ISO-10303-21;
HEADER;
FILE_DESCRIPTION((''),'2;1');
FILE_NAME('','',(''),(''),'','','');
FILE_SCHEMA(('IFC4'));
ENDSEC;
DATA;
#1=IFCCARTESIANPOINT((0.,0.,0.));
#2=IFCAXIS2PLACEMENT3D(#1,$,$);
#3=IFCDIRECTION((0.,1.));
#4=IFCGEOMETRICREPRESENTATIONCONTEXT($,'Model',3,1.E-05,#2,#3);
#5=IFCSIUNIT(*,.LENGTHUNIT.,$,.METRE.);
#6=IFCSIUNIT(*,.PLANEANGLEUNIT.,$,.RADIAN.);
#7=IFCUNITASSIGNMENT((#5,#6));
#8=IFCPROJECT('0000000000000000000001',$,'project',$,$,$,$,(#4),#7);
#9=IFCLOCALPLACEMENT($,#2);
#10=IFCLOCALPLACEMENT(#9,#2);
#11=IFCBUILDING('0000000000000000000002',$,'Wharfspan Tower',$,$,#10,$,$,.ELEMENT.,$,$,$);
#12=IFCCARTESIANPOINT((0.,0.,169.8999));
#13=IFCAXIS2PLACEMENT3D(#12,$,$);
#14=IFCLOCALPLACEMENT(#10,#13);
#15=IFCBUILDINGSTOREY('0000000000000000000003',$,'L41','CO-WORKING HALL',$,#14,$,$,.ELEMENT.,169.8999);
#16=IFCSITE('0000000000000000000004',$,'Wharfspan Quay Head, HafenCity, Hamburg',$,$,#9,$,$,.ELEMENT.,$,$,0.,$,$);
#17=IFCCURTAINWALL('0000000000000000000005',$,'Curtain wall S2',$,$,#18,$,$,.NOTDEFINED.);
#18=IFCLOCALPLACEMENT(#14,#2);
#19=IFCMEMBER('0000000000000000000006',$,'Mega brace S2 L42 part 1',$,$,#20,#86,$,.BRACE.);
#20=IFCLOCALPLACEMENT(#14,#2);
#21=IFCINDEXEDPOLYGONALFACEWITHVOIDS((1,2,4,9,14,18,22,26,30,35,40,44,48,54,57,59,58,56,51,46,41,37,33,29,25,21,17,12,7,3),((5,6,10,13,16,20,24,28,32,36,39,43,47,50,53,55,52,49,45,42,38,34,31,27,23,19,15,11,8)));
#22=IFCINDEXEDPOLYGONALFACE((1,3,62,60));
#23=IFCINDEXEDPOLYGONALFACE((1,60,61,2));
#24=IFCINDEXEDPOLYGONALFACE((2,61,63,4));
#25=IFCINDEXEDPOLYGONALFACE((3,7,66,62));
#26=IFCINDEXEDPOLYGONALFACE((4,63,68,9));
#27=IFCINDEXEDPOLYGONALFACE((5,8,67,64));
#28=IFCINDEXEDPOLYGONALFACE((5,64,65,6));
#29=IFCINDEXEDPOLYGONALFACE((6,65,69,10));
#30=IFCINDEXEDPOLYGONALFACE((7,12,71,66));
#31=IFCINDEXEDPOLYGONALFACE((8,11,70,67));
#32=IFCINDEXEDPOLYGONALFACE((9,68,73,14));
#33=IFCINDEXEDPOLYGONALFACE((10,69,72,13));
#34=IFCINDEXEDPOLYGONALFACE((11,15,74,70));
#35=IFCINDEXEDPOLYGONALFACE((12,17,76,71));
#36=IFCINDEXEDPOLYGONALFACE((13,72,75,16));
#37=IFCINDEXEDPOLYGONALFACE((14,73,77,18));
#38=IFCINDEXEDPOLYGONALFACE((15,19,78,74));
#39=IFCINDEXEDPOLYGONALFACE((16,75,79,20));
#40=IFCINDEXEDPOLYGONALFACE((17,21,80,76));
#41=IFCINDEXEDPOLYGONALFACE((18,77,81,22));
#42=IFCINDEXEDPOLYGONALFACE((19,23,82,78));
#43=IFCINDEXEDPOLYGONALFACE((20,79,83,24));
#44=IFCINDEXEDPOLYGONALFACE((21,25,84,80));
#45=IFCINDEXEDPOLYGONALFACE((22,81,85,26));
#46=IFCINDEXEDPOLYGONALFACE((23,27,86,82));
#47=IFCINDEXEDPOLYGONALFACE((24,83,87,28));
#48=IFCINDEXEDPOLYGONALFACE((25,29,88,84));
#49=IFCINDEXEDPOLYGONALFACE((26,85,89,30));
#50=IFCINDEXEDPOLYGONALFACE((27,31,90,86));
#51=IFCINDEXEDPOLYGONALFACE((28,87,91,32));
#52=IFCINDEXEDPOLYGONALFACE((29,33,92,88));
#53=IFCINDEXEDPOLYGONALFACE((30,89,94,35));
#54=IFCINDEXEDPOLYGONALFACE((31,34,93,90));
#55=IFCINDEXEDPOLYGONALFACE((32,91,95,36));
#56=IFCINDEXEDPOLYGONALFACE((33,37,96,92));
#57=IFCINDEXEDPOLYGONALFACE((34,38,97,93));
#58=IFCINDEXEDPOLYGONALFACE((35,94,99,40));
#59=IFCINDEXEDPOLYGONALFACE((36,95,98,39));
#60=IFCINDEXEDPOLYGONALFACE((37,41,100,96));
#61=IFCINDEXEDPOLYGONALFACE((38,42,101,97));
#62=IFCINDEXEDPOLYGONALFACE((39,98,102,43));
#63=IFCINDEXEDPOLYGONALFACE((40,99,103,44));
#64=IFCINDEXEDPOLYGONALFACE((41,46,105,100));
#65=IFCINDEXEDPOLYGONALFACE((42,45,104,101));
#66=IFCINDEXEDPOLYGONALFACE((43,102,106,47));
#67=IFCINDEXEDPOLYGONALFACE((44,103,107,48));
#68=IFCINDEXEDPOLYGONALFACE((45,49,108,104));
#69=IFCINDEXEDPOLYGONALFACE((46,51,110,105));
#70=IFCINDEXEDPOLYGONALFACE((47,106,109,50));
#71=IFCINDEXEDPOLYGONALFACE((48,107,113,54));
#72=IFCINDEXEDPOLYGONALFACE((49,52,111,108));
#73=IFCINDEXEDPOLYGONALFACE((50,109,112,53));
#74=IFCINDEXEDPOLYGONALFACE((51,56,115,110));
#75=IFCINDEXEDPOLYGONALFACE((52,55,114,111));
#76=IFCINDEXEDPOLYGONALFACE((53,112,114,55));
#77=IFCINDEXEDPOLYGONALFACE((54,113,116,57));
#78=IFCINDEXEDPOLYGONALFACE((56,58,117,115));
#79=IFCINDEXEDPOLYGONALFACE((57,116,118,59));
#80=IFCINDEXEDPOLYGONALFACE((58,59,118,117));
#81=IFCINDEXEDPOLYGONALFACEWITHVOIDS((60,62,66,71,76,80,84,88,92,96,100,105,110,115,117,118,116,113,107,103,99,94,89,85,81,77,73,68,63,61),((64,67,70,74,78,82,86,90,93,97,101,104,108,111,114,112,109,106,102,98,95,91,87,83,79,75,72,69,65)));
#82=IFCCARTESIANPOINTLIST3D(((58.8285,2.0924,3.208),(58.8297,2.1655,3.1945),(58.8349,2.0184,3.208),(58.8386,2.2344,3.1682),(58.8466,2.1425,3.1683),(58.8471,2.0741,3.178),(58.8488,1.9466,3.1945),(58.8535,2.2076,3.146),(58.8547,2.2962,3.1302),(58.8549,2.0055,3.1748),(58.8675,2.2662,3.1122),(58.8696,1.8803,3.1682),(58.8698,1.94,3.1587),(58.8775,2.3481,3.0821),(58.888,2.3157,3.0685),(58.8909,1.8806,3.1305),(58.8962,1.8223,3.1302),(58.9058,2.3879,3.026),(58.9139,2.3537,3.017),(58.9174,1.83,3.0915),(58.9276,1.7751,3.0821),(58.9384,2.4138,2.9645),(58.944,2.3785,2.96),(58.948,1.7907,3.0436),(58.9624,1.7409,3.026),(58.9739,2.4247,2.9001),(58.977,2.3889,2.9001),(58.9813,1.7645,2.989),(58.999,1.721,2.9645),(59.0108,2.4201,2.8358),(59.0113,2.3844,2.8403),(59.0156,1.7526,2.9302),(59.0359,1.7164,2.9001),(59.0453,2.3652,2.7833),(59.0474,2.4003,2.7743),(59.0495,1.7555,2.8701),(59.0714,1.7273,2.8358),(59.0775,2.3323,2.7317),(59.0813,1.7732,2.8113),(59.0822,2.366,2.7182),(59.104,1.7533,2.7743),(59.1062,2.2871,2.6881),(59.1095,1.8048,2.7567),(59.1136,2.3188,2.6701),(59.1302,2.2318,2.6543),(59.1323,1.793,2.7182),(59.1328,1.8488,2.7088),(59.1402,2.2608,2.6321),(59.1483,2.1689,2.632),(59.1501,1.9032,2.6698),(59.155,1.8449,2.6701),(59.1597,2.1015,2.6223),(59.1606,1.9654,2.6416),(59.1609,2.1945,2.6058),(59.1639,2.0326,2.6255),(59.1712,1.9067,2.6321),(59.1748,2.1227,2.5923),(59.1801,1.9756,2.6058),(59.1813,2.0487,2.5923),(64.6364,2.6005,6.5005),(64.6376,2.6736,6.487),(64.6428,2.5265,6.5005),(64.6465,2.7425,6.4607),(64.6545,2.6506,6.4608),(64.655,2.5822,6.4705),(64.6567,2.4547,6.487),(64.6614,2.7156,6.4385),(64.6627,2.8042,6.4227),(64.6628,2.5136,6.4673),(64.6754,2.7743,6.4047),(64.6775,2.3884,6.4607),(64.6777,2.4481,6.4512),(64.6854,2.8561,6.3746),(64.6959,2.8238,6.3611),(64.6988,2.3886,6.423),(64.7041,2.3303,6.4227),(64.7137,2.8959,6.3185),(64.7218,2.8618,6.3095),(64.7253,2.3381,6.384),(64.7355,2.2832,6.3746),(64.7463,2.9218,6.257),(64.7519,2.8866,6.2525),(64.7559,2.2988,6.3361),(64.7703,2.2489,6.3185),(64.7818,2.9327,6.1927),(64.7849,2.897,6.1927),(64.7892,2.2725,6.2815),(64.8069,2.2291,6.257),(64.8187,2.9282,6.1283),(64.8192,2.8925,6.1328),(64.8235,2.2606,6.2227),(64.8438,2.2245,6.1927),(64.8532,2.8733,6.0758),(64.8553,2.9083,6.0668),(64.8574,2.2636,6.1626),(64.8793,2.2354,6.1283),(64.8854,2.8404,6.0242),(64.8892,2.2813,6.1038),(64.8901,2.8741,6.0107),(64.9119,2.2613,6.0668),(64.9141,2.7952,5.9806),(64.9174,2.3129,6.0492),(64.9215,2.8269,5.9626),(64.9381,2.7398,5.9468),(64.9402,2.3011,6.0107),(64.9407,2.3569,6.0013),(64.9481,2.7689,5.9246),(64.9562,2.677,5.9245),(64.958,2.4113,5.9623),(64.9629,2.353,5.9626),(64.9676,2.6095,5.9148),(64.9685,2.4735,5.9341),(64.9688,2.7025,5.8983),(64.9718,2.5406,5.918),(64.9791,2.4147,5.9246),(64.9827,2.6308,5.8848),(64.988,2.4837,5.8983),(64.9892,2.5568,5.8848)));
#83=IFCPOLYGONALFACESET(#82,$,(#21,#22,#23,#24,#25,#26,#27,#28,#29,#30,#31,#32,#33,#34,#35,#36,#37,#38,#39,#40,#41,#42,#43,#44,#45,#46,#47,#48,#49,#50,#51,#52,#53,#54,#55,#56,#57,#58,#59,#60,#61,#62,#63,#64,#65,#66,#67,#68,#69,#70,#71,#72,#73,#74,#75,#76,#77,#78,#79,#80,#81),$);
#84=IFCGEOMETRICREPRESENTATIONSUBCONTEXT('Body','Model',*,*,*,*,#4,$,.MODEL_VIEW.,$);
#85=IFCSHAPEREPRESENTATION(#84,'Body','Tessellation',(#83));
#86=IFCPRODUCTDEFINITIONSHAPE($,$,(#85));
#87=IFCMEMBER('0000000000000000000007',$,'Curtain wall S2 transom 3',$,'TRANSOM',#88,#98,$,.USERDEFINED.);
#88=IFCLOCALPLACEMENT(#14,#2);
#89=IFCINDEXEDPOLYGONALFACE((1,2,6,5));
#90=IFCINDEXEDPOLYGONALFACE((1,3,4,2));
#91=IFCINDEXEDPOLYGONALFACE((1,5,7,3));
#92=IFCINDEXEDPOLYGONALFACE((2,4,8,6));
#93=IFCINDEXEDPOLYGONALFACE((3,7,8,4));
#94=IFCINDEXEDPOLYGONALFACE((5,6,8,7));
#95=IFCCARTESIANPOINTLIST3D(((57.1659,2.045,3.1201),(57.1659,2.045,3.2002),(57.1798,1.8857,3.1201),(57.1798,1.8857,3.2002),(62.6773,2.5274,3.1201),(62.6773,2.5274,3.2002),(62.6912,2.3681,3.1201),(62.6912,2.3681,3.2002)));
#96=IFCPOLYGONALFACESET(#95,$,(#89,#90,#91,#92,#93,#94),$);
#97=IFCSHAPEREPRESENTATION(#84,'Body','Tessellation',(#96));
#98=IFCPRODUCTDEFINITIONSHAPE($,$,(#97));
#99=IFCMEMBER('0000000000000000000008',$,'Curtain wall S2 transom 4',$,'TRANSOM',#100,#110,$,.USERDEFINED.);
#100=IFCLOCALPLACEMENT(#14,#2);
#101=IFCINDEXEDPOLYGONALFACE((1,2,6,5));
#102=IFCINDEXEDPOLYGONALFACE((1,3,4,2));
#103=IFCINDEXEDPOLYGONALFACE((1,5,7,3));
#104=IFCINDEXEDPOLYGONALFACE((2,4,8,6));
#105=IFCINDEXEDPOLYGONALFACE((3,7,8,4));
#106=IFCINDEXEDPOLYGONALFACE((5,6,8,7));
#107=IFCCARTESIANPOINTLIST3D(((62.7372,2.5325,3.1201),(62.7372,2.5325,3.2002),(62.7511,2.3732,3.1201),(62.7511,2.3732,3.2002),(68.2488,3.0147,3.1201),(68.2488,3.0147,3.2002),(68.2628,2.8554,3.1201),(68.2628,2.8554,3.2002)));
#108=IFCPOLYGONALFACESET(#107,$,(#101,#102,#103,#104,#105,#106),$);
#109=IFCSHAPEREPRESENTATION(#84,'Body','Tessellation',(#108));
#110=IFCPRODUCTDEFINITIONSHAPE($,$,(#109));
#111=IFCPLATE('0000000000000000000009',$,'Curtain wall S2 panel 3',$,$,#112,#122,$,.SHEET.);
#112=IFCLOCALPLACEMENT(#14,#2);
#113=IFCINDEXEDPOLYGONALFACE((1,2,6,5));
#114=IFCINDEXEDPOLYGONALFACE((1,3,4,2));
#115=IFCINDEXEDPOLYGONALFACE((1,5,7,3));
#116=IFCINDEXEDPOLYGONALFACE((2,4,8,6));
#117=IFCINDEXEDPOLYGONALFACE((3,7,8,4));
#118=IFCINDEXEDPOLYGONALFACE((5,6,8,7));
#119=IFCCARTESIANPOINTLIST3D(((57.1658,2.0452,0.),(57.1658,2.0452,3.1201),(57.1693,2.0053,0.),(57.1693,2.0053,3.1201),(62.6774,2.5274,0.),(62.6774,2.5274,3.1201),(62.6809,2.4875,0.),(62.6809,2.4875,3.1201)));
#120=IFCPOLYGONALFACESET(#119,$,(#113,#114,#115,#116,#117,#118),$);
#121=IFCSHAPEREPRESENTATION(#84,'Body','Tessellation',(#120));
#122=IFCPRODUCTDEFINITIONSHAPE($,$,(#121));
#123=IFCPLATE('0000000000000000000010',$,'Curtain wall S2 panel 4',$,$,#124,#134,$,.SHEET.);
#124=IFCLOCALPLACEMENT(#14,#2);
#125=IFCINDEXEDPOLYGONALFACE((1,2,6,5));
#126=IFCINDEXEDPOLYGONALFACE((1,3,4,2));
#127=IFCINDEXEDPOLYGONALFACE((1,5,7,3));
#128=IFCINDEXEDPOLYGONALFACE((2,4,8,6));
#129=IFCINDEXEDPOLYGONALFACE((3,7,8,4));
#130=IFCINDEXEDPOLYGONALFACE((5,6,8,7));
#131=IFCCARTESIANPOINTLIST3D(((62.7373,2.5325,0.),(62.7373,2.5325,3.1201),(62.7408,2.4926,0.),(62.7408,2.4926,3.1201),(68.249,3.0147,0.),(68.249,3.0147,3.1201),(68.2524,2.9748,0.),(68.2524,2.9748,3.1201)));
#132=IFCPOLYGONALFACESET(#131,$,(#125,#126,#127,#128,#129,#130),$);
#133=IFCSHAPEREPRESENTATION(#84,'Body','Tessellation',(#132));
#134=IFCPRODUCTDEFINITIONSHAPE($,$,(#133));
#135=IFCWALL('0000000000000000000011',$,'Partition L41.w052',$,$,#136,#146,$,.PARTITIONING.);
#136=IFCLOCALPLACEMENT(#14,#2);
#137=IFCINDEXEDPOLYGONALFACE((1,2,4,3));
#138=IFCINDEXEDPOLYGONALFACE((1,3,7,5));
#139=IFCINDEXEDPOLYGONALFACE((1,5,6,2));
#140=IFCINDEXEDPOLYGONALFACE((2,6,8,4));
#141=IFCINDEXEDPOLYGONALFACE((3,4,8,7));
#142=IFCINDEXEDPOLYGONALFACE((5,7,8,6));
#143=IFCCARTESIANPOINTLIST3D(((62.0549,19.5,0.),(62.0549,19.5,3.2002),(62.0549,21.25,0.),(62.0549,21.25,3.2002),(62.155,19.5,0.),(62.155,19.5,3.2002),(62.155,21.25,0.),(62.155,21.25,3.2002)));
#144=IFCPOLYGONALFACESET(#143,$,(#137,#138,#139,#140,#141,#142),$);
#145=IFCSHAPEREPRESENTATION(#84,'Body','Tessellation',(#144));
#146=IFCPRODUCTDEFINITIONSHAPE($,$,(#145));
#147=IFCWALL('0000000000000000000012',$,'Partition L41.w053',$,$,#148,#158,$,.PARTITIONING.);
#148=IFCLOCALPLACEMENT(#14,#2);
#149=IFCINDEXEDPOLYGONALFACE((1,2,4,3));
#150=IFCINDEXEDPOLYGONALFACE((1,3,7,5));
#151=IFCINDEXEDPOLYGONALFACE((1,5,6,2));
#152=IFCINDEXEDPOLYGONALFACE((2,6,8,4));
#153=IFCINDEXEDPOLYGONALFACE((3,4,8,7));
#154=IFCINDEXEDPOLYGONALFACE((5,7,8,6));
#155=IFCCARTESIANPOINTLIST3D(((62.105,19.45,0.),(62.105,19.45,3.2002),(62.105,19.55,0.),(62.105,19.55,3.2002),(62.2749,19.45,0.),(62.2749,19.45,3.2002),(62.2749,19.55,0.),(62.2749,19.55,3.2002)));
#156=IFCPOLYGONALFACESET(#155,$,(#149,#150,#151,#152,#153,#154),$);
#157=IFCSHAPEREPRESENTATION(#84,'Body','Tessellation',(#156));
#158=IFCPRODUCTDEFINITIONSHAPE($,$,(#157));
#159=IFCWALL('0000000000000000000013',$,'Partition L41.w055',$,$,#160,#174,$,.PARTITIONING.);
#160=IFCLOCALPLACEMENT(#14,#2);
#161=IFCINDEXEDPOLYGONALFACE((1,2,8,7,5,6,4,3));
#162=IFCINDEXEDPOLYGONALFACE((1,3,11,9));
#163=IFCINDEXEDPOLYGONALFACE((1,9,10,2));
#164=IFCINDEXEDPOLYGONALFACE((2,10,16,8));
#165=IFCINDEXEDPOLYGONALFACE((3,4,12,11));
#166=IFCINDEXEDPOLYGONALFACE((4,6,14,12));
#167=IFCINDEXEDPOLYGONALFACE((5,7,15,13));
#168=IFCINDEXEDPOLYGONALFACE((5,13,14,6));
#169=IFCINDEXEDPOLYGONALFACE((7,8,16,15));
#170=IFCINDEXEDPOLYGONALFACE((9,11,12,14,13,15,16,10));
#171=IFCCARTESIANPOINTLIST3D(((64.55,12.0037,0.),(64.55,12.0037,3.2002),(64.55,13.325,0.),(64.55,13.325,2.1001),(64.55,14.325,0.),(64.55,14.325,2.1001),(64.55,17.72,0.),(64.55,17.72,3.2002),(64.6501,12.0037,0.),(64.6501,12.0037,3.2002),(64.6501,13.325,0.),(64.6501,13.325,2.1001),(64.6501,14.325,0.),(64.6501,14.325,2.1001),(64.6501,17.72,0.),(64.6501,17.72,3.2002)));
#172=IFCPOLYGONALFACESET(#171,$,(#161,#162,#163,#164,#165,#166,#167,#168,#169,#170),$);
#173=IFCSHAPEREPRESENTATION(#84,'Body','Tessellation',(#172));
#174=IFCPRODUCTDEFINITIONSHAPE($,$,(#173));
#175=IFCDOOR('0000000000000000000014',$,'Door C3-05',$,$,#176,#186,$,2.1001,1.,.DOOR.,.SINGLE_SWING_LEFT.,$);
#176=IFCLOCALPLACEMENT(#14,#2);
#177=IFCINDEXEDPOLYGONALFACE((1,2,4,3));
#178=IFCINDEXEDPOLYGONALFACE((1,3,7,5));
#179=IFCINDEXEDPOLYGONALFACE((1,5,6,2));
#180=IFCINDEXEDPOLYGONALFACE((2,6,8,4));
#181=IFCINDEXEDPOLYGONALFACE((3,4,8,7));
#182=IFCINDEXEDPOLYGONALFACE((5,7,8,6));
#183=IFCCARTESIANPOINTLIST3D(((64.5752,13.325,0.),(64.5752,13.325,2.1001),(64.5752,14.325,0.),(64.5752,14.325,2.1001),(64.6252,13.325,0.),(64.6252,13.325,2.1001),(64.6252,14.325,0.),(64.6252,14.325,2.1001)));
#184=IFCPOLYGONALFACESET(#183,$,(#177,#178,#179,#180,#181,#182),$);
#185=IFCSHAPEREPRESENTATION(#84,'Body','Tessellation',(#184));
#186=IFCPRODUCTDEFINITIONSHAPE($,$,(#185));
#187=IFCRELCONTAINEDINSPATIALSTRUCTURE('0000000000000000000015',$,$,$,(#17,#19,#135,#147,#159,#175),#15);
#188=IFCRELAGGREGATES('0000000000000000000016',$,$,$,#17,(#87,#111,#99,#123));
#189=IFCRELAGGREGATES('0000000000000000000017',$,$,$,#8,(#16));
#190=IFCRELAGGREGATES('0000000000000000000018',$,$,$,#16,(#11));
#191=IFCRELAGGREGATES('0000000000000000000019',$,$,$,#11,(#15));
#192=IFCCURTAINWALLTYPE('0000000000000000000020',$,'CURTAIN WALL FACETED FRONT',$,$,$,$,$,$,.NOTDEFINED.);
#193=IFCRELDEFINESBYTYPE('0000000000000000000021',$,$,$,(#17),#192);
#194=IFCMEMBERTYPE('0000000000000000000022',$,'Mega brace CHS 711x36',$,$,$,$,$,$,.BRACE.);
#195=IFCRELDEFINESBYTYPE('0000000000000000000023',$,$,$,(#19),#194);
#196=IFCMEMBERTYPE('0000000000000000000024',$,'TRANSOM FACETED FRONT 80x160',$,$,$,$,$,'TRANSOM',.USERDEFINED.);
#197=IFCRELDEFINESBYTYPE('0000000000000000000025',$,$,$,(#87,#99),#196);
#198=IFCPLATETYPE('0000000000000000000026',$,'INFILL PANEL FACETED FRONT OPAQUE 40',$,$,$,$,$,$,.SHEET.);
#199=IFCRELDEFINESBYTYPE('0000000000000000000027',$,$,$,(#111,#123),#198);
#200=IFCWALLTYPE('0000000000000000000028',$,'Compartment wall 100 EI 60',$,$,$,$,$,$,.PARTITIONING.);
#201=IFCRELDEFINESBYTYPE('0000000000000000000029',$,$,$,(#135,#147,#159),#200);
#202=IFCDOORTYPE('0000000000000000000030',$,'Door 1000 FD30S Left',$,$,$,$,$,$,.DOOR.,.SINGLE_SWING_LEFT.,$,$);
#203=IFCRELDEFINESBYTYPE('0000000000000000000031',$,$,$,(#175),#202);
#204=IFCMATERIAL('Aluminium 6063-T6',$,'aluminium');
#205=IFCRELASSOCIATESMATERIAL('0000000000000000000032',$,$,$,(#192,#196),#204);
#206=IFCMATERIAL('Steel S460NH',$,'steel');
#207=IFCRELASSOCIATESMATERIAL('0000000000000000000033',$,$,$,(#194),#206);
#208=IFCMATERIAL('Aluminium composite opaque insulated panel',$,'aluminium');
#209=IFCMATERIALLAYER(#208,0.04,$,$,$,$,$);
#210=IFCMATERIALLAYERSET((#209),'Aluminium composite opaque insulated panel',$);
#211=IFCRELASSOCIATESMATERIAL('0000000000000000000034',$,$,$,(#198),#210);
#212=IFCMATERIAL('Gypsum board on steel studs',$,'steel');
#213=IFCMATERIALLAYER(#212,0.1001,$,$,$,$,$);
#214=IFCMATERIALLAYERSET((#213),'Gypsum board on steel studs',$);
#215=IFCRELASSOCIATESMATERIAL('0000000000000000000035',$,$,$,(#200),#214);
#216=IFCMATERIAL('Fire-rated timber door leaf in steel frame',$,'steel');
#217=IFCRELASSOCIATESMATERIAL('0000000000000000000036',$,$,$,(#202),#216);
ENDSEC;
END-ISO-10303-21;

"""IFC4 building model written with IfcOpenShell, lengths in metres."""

from ifc_helpers import new_model, si_unit, direction, frame, frame_2d, origin, origin_2d, place, context, subcontext, project, spatial, rectangle, hollow_circle, extrude, material, layer, layer_set, material_profile, profile_set, type_object, element, fill, aggregate, save


model = new_model("IFC4")

# Units and contexts
model_context = context("Model", 3, precision=1e-05, world=origin(), true_north=direction((0.0, 1.0)))
body_context = subcontext(model_context, "Body", "Model", "MODEL_VIEW")
ifc_project = project(units=[si_unit("LENGTHUNIT", "METRE"), si_unit("PLANEANGLEUNIT", "RADIAN")], contexts=[model_context])

# Site, building, storey
site_placement = place(None, origin())
site = spatial("IfcSite", under=ifc_project, at=site_placement, Name="Wharfspan Quay Head, HafenCity, Hamburg", CompositionType="ELEMENT", RefElevation=0.0)
building_placement = place(site_placement, origin())
building = spatial("IfcBuilding", under=site, at=building_placement, Name="Wharfspan Tower", CompositionType="ELEMENT")
storey_placement = place(building_placement, frame((0.0, 0.0, 169.8999)))
storey = spatial("IfcBuildingStorey", under=building, at=storey_placement, Name="L41", Description="CO-WORKING HALL", CompositionType="ELEMENT", Elevation=169.8999)

# Curtain wall
ifc_material_1 = material(Name="Aluminium 6063-T6", Category="aluminium")
curtain_wall_type = type_object("IfcCurtainWallType", Name="CURTAIN WALL FACETED FRONT", PredefinedType="NOTDEFINED", material=ifc_material_1)
curtain_wall_placement = place(storey_placement, origin())
curtain_wall = element("IfcCurtainWall", 1, at=curtain_wall_placement, inside=storey, type_object=curtain_wall_type, Name="Curtain wall S2", PredefinedType="NOTDEFINED")

# Members
ifc_material_2 = material(Name="Steel S460NH", Category="steel")
ifc_material_profile_1 = material_profile(ifc_material_2, hollow_circle(Radius=0.3555, WallThickness=0.0359, at=origin_2d()))
ifc_profile_set_1 = profile_set([ifc_material_profile_1], Name="Steel S460NH")
member_type_1 = type_object("IfcMemberType", Name="Mega brace CHS 711x36", PredefinedType="BRACE", material=ifc_profile_set_1)
member_1_placement = place(storey_placement, frame((59.0049, 2.0706, 2.9001), z_axis=(0.867427, 0.07588, 0.491745), x_axis=(-0.087145, 0.996197, 0.000001)))
element("IfcMember", 2, at=member_1_placement, inside=storey, type_object=member_type_1, Name="Mega brace S2 L42 part 1", PredefinedType="BRACE", context=body_context, shape_type="SweptSolid", body=[
    extrude(hollow_circle(Radius=0.3555, WallThickness=0.0359, at=origin_2d()), origin(), (0.0, 0.0, 1.0), 6.6956),
])
ifc_material_profile_2 = material_profile(ifc_material_1, rectangle(XDim=0.1599, YDim=0.0801, at=origin_2d()))
ifc_profile_set_2 = profile_set([ifc_material_profile_2], Name="Aluminium 6063-T6")
member_type_2 = type_object("IfcMemberType", Name="TRANSOM FACETED FRONT 80x160", ElementType="TRANSOM", PredefinedType="USERDEFINED", material=ifc_profile_set_2)
member_2_placement = place(storey_placement, frame((57.1729, 1.9653, 3.1602), z_axis=(0.996191, 0.087197, 0.0), x_axis=(-0.087197, 0.996191, 0.0)))
member_2 = element("IfcMember", 3, at=member_2_placement, type_object=member_type_2, Name="Curtain wall S2 transom 3", ObjectType="TRANSOM", PredefinedType="USERDEFINED", context=body_context, shape_type="SweptSolid", body=[
    extrude(rectangle(XDim=0.1599, YDim=0.0801, at=origin_2d()), origin(), (0.0, 0.0, 1.0), 5.5325),
])
member_3_placement = place(storey_placement, frame((62.7441, 2.4529, 3.1602), z_axis=(0.996195, 0.087149, 0.0), x_axis=(-0.087149, 0.996195, 0.0)))
member_3 = element("IfcMember", 4, at=member_3_placement, type_object=member_type_2, Name="Curtain wall S2 transom 4", ObjectType="TRANSOM", PredefinedType="USERDEFINED", context=body_context, shape_type="SweptSolid", body=[
    extrude(rectangle(XDim=0.1599, YDim=0.0801, at=origin_2d()), origin(), (0.0, 0.0, 1.0), 5.5327),
])

# Plates
ifc_material_3 = material(Name="Aluminium composite opaque insulated panel", Category="aluminium")
ifc_layer_1 = layer(ifc_material_3, 0.04)
ifc_layer_set_1 = layer_set([ifc_layer_1], Name="Aluminium composite opaque insulated panel")
plate_type = type_object("IfcPlateType", Name="INFILL PANEL FACETED FRONT OPAQUE 40", PredefinedType="SHEET", material=ifc_layer_set_1)
plate_1_placement = place(storey_placement, frame((59.9233, 2.2664, 0.0), z_axis=(0.0, 0.0, 1.0), x_axis=(0.996198, 0.087156, 0.0)))
plate_1 = element("IfcPlate", 5, at=plate_1_placement, type_object=plate_type, Name="Curtain wall S2 panel 3", PredefinedType="SHEET", context=body_context, shape_type="SweptSolid", body=[
    extrude(rectangle(XDim=5.5327, YDim=0.04, at=origin_2d()), origin(), (0.0, 0.0, 1.0), 3.1201),
])
plate_2_placement = place(storey_placement, frame((65.4949, 2.7537, 0.0), z_axis=(0.0, 0.0, 1.0), x_axis=(0.996198, 0.087156, 0.0)))
plate_2 = element("IfcPlate", 6, at=plate_2_placement, type_object=plate_type, Name="Curtain wall S2 panel 4", PredefinedType="SHEET", context=body_context, shape_type="SweptSolid", body=[
    extrude(rectangle(XDim=5.5327, YDim=0.04, at=origin_2d()), origin(), (0.0, 0.0, 1.0), 3.1201),
])
aggregate(curtain_wall, [member_2, plate_1, member_3, plate_2])

# Walls
ifc_material_4 = material(Name="Gypsum board on steel studs", Category="steel")
ifc_layer_2 = layer(ifc_material_4, 0.1001)
ifc_layer_set_2 = layer_set([ifc_layer_2], Name="Gypsum board on steel studs")
wall_type_1 = type_object("IfcWallType", Name="Compartment wall 100 EI 60", PredefinedType="PARTITIONING", material=ifc_layer_set_2)
wall_1_placement = place(storey_placement, frame((62.105, 19.5, 0.0), z_axis=(0.0, 0.0, 1.0), x_axis=(0.0, 1.0, 0.0)))
element("IfcWall", 7, at=wall_1_placement, inside=storey, type_object=wall_type_1, Name="Partition L41.w052", PredefinedType="PARTITIONING", context=body_context, shape_type="SweptSolid", body=[
    extrude(rectangle(XDim=1.75, YDim=0.1001, at=frame_2d((0.875, 0.0))), origin(), (0.0, 0.0, 1.0), 3.2002),
])
wall_2_placement = place(storey_placement, frame((62.105, 19.5, 0.0), z_axis=(0.0, 0.0, 1.0), x_axis=(1.0, 0.0, 0.0)))
element("IfcWall", 8, at=wall_2_placement, inside=storey, type_object=wall_type_1, Name="Partition L41.w053", PredefinedType="PARTITIONING", context=body_context, shape_type="SweptSolid", body=[
    extrude(rectangle(XDim=0.1699, YDim=0.1001, at=frame_2d((0.085, 0.0))), origin(), (0.0, 0.0, 1.0), 3.2002),
])

# Wall, opening, door
wall_3_placement = place(storey_placement, frame((64.6001, 12.0037, 0.0), z_axis=(0.0, 0.0, 1.0), x_axis=(0.0, 1.0, 0.0)))
wall_3 = element("IfcWall", 9, at=wall_3_placement, inside=storey, type_object=wall_type_1, Name="Partition L41.w055", PredefinedType="PARTITIONING", context=body_context, shape_type="SweptSolid", body=[
    extrude(rectangle(XDim=5.7163, YDim=0.1001, at=frame_2d((2.8582, 0.0))), origin(), (0.0, 0.0, 1.0), 3.2002),
])
opening_1_placement = place(wall_3_placement, frame((1.3213, 0.0, 0.0)))
opening_1 = element("IfcOpeningElement", 10, at=opening_1_placement, cuts=wall_3, PredefinedType="OPENING", context=body_context, shape_type="SweptSolid", body=[
    extrude(rectangle(XDim=1.0, YDim=2.1001, at=frame_2d((0.5, 1.05))), frame((0.0, 0.0601, 0.0), z_axis=(0.0, -1.0, 0.0), x_axis=(1.0, 0.0, 0.0)), (0.0, 0.0, 1.0), 0.1201),
])
ifc_material_5 = material(Name="Fire-rated timber door leaf in steel frame", Category="steel")
door_type_1 = type_object("IfcDoorType", Name="Door 1000 FD30S Left", OperationType="SINGLE_SWING_LEFT", PredefinedType="DOOR", material=ifc_material_5)
door_1_placement = place(opening_1_placement, origin())
door_1 = element("IfcDoor", 11, at=door_1_placement, inside=storey, type_object=door_type_1, Name="Door C3-05", OperationType="SINGLE_SWING_LEFT", OverallHeight=2.1001, OverallWidth=1.0, PredefinedType="DOOR", context=body_context, shape_type="SweptSolid", body=[
    extrude(rectangle(XDim=1.0, YDim=2.1001, at=frame_2d((0.5, 1.05))), frame((0.0, 0.0249, 0.0), z_axis=(0.0, -1.0, 0.0), x_axis=(1.0, 0.0, 0.0)), (0.0, 0.0, 1.0), 0.05),
])
fill(opening_1, door_1)

save(model, "model.ifc")
